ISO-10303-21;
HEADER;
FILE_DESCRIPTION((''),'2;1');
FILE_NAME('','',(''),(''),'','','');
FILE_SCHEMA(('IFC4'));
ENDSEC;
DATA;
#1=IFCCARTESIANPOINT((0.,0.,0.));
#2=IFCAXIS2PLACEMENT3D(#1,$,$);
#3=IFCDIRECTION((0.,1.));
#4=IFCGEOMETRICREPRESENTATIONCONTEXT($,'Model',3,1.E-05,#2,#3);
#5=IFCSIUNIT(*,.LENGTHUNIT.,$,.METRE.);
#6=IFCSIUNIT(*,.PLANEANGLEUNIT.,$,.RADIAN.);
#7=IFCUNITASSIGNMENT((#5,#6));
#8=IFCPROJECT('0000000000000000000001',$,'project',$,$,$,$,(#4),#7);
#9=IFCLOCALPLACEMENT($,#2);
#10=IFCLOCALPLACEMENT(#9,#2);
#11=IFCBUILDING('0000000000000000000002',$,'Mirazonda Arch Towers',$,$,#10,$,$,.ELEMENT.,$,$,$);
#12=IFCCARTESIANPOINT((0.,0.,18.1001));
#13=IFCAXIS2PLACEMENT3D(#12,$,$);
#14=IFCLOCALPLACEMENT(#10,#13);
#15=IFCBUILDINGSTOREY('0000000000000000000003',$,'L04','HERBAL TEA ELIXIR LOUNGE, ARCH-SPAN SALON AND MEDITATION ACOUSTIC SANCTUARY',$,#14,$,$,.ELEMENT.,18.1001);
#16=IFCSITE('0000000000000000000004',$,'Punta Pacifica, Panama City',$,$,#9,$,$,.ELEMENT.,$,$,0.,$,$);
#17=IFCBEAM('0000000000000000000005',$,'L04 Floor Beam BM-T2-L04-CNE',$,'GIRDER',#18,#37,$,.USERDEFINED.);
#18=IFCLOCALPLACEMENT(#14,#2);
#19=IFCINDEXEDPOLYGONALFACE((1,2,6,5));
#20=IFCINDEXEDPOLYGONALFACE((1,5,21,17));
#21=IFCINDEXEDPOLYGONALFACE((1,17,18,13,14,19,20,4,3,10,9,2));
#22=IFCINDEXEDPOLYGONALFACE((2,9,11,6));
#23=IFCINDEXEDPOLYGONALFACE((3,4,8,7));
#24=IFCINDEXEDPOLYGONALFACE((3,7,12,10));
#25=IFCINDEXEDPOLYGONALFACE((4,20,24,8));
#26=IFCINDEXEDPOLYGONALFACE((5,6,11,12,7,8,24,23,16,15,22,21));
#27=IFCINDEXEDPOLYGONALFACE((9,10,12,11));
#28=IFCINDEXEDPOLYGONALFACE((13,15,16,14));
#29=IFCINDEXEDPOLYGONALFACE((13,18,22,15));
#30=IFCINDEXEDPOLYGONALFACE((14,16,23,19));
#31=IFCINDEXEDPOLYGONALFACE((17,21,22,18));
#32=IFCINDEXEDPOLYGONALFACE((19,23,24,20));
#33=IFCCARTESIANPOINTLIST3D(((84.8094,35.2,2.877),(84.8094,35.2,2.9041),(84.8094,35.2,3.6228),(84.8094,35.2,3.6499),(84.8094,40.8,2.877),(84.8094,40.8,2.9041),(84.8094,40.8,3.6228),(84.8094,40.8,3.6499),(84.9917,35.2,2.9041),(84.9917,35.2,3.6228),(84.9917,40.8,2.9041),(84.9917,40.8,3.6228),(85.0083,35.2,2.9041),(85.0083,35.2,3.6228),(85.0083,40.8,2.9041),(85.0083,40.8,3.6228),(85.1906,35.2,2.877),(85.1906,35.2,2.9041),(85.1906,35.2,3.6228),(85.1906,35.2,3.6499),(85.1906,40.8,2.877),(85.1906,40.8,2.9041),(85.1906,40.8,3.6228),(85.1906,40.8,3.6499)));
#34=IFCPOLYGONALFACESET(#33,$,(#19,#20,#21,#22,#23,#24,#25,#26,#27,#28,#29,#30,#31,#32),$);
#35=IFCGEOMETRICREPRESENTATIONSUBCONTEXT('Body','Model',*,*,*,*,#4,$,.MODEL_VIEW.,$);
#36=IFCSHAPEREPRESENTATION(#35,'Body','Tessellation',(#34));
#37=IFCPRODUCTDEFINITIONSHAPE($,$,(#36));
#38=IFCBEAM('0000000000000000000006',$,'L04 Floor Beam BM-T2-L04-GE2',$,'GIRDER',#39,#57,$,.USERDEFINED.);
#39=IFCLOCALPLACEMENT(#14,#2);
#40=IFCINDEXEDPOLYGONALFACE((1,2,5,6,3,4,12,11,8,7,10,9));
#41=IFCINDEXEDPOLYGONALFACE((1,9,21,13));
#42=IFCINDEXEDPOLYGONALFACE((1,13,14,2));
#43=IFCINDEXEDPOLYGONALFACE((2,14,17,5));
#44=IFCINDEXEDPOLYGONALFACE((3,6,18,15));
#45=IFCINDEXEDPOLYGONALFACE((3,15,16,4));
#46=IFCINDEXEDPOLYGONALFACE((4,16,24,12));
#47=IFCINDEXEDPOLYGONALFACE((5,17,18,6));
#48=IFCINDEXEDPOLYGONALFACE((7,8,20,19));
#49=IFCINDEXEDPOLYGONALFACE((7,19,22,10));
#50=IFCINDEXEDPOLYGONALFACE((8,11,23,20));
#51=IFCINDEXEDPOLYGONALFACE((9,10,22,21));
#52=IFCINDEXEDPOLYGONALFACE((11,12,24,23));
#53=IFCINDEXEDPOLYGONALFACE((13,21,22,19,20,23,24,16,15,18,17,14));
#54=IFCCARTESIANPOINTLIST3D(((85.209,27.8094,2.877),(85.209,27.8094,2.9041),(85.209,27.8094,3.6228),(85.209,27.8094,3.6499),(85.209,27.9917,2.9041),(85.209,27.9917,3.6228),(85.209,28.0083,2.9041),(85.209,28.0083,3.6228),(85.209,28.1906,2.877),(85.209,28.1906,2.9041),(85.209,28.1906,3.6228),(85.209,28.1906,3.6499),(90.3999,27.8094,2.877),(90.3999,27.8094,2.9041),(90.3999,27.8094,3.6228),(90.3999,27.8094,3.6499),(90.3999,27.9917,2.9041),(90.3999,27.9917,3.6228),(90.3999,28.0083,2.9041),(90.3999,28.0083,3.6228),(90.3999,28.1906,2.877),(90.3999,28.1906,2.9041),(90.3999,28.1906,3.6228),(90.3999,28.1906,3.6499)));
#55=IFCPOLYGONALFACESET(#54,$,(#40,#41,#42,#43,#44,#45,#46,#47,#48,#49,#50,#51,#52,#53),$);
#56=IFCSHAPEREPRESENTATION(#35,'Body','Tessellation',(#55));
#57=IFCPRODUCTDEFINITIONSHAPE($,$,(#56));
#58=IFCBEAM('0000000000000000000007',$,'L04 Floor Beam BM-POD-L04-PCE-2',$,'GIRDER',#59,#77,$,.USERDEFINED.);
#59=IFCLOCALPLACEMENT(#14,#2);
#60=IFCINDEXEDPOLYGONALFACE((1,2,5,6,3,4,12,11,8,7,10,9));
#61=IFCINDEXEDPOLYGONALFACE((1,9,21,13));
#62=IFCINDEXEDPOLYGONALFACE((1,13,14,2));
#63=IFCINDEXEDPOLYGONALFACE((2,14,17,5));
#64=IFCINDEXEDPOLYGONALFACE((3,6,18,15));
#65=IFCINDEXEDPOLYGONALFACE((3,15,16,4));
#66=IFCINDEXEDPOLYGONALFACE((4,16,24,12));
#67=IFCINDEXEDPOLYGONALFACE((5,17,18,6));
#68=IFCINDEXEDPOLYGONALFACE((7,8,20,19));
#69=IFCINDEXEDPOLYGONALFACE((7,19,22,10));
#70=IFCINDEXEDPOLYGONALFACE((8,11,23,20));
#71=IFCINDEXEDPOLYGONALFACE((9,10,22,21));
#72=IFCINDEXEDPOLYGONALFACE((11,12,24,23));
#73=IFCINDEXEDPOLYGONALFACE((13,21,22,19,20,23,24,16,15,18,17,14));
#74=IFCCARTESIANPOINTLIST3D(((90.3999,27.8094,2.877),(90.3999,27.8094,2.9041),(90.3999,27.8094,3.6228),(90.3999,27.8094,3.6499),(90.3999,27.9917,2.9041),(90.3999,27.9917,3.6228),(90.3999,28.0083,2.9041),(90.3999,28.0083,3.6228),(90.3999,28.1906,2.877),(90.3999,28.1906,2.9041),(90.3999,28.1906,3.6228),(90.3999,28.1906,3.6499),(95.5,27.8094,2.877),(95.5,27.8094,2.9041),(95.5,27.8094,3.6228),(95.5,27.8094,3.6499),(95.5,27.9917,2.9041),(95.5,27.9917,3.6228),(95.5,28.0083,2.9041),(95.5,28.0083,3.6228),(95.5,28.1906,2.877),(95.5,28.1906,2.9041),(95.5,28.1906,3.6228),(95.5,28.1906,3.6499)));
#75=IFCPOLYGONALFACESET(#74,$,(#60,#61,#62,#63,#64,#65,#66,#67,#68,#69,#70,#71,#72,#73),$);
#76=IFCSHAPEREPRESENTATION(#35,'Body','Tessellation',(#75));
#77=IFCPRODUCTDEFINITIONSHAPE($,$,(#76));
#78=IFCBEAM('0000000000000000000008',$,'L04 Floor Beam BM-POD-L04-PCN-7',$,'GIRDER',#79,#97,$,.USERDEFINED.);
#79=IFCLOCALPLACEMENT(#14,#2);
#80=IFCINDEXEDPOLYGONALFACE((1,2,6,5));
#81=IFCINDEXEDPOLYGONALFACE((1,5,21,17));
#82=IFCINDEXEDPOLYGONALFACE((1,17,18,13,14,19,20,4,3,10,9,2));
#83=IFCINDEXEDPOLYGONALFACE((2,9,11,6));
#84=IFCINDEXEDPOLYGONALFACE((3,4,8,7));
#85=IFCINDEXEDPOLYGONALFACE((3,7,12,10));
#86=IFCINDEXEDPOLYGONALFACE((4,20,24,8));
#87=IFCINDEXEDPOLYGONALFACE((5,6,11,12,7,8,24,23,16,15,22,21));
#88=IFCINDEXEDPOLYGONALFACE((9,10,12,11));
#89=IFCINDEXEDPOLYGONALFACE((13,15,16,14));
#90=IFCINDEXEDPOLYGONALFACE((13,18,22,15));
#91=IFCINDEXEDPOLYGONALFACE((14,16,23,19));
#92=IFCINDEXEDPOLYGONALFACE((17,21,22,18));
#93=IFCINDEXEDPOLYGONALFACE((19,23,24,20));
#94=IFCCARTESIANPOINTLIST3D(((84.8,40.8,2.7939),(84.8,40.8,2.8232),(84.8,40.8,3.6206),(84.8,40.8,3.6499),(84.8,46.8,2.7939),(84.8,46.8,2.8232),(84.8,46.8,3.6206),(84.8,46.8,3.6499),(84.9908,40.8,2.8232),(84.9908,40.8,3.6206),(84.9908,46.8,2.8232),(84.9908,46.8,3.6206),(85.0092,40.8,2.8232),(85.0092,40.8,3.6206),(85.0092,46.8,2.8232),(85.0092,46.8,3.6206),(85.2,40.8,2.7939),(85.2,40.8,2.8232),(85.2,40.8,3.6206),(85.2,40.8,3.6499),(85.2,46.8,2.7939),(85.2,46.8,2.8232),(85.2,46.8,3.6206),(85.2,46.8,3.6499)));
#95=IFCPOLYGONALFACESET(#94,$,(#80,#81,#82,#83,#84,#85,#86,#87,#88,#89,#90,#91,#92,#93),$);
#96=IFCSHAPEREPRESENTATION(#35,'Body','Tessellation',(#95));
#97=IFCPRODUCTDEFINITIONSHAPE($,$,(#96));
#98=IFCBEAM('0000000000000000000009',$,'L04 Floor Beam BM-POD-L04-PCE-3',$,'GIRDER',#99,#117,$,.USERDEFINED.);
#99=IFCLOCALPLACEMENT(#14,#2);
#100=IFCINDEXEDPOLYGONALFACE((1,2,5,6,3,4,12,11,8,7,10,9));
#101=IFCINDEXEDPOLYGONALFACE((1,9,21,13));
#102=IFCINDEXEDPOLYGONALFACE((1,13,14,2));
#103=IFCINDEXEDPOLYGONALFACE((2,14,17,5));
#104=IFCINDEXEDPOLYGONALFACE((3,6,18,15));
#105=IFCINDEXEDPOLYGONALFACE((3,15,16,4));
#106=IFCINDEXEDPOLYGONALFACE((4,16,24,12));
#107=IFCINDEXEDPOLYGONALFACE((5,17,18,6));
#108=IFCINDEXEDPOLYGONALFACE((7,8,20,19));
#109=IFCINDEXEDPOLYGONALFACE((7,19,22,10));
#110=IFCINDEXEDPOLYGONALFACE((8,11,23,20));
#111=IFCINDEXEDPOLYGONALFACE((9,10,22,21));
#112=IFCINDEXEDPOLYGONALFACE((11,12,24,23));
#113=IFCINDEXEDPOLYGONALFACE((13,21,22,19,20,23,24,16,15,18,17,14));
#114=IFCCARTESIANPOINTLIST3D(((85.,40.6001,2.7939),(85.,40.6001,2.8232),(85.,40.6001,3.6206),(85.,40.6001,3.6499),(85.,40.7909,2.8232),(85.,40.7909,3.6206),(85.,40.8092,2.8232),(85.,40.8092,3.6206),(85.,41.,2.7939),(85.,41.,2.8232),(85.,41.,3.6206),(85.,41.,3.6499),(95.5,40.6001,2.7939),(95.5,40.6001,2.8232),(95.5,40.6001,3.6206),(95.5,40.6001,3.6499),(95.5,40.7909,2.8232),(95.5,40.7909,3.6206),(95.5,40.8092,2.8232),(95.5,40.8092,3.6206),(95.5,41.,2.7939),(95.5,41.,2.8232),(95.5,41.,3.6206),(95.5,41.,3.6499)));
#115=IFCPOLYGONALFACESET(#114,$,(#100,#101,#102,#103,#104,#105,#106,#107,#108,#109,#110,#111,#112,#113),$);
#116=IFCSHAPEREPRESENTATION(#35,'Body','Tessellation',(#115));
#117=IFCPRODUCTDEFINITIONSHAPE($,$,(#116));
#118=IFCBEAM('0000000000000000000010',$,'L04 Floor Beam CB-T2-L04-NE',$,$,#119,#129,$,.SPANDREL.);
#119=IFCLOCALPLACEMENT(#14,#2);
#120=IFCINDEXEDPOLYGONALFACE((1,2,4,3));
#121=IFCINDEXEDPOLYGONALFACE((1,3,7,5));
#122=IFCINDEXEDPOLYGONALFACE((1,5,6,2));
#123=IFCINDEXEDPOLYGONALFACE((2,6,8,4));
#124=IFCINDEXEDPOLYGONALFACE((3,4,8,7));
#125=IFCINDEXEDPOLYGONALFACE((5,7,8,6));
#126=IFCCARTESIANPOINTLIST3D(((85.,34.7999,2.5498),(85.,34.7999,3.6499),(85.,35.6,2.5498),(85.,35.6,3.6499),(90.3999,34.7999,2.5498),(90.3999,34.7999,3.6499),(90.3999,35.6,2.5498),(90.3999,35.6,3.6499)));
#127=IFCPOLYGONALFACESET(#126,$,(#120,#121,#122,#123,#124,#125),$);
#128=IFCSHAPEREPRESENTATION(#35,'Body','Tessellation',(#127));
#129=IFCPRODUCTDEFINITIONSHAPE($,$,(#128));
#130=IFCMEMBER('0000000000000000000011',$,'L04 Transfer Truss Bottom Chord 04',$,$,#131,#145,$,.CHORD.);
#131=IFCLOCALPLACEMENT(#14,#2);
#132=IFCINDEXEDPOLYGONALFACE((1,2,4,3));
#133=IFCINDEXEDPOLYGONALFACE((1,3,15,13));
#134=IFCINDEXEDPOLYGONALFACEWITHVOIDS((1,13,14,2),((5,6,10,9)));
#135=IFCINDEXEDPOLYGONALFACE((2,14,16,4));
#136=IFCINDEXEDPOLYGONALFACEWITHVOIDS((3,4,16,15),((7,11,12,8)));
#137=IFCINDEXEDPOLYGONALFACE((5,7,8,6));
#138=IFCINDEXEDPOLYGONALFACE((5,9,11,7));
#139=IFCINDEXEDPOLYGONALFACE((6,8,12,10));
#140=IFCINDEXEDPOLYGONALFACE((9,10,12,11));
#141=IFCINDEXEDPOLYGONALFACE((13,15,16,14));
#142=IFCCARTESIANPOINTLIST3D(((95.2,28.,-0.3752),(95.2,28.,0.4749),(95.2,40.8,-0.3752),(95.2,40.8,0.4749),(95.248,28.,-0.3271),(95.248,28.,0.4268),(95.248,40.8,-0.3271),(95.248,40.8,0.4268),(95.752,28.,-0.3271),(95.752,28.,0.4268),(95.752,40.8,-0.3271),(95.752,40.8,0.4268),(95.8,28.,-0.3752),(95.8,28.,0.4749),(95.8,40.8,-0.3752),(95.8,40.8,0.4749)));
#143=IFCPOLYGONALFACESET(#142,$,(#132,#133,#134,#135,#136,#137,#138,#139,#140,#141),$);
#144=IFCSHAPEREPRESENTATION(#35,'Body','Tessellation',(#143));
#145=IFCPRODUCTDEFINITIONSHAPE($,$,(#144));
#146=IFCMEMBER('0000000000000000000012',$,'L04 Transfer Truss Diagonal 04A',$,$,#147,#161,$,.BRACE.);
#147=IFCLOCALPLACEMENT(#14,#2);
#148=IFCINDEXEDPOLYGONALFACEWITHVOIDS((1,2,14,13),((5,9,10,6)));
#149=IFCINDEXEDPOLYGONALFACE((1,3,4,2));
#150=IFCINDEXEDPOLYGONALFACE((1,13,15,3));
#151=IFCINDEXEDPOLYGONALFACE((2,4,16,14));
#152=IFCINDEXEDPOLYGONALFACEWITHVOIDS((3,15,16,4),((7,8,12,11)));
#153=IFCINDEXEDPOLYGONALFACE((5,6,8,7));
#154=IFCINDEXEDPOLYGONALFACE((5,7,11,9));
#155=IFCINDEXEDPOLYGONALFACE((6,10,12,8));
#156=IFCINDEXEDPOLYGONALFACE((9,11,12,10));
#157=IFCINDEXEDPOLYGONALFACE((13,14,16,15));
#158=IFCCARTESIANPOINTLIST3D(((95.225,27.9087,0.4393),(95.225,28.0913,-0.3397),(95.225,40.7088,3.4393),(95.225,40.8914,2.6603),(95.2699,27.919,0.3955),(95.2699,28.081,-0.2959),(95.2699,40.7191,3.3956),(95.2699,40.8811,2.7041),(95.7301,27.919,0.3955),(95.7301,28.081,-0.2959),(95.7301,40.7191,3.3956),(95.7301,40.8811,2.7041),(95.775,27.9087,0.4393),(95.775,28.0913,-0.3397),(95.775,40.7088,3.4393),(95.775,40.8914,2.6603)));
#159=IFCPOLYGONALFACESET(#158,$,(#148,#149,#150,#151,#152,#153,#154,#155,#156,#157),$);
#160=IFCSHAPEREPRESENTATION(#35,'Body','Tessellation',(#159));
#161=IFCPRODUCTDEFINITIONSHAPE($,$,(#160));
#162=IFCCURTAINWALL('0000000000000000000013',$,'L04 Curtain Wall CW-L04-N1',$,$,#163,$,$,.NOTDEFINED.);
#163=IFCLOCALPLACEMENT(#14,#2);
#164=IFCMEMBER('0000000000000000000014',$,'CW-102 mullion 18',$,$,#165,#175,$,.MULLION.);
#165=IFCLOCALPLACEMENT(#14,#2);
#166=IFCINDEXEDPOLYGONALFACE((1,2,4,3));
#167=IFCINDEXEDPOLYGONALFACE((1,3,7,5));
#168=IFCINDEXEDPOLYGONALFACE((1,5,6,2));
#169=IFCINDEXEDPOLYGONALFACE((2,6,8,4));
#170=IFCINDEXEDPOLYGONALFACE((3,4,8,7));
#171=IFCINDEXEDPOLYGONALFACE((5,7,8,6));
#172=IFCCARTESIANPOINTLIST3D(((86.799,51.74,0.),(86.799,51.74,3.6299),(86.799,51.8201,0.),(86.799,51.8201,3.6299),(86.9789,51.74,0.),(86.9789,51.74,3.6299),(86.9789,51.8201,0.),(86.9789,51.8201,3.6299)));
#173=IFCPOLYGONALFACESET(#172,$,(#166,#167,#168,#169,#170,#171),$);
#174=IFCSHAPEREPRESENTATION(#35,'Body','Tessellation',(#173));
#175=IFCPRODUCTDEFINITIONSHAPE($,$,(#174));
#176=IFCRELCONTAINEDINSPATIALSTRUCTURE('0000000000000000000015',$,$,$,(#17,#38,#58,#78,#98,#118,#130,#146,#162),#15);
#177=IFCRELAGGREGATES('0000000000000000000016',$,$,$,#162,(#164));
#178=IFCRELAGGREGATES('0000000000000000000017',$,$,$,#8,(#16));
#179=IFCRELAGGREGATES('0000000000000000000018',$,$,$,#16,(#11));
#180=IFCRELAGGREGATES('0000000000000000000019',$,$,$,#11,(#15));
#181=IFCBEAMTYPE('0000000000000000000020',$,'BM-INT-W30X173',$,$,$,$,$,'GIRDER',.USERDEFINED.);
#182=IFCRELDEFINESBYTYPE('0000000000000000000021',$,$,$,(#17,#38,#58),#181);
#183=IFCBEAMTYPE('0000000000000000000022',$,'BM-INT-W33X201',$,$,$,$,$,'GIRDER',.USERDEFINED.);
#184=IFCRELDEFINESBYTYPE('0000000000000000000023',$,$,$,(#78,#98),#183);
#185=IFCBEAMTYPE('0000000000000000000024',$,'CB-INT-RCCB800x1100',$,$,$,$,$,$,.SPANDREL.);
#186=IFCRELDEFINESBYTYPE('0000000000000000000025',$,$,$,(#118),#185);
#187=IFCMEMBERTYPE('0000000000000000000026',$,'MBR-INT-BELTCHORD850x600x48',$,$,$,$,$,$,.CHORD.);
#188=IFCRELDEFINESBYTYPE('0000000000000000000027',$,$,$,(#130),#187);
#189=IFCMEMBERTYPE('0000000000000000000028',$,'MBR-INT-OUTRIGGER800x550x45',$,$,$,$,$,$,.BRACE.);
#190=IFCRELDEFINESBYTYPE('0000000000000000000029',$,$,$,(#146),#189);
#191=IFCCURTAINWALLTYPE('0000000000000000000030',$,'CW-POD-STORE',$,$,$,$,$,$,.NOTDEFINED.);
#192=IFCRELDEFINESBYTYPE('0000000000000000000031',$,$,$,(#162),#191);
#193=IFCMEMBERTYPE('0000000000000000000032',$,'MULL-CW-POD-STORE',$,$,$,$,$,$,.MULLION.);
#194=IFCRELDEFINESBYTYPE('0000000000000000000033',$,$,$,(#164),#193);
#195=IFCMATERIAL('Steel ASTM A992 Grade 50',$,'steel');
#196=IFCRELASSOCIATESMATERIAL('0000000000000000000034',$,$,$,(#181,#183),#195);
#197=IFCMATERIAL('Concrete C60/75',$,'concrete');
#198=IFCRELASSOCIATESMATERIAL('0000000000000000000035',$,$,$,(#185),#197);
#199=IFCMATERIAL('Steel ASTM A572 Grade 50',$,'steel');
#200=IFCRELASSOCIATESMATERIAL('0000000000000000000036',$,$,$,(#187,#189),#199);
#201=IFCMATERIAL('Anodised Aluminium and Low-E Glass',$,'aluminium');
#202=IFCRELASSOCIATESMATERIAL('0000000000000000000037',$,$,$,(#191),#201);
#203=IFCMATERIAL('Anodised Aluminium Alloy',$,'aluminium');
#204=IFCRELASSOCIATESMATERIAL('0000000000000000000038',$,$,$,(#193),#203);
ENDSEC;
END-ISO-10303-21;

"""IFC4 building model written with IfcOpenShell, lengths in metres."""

from ifc_helpers import new_model, si_unit, direction, frame, origin, origin_2d, place, context, subcontext, project, spatial, rectangle, hollow_rectangle, i_section, extrude, material, material_profile, profile_set, type_object, element, aggregate, save


model = new_model("IFC4")

# Units and contexts
model_context = context("Model", 3, precision=1e-05, world=origin(), true_north=direction((0.0, 1.0)))
body_context = subcontext(model_context, "Body", "Model", "MODEL_VIEW")
ifc_project = project(units=[si_unit("LENGTHUNIT", "METRE"), si_unit("PLANEANGLEUNIT", "RADIAN")], contexts=[model_context])

# Site, building, storey
site_placement = place(None, origin())
site = spatial("IfcSite", under=ifc_project, at=site_placement, Name="Punta Pacifica, Panama City", CompositionType="ELEMENT", RefElevation=0.0)
building_placement = place(site_placement, origin())
building = spatial("IfcBuilding", under=site, at=building_placement, Name="Mirazonda Arch Towers", CompositionType="ELEMENT")
storey_placement = place(building_placement, frame((0.0, 0.0, 18.1001)))
storey = spatial("IfcBuildingStorey", under=building, at=storey_placement, Name="L04", Description="HERBAL TEA ELIXIR LOUNGE, ARCH-SPAN SALON AND MEDITATION ACOUSTIC SANCTUARY", CompositionType="ELEMENT", Elevation=18.1001)

# Shared definitions
ifc_material_1 = material(Name="Concrete C60/75", Category="concrete")
ifc_material_2 = material(Name="Steel ASTM A572 Grade 50", Category="steel")

# Beams
ifc_material_3 = material(Name="Steel ASTM A992 Grade 50", Category="steel")
ifc_material_profile_1 = material_profile(ifc_material_3, i_section(OverallWidth=0.3811, OverallDepth=0.7729, WebThickness=0.0166, FlangeThickness=0.0271, at=origin_2d()), Name="W30X173")
ifc_profile_set_1 = profile_set([ifc_material_profile_1], Name="Steel ASTM A992 Grade 50")
beam_type_1 = type_object("IfcBeamType", Name="BM-INT-W30X173", ElementType="GIRDER", PredefinedType="USERDEFINED", material=ifc_profile_set_1)
beam_1_placement = place(storey_placement, frame((85.0, 35.2, 3.2634), z_axis=(0.0, 1.0, 0.0), x_axis=(-1.0, 0.0, 0.0)))
element("IfcBeam", 1, at=beam_1_placement, inside=storey, type_object=beam_type_1, Name="L04 Floor Beam BM-T2-L04-CNE", ObjectType="GIRDER", PredefinedType="USERDEFINED", context=body_context, shape_type="SweptSolid", body=[
    extrude(i_section(OverallWidth=0.3811, OverallDepth=0.7729, WebThickness=0.0166, FlangeThickness=0.0271, at=origin_2d()), origin(), (0.0, 0.0, 1.0), 5.6001),
])
beam_2_placement = place(storey_placement, frame((85.209, 28.0, 3.2634), z_axis=(1.0, 0.0, 0.0), x_axis=(0.0, 1.0, 0.0)))
element("IfcBeam", 2, at=beam_2_placement, inside=storey, type_object=beam_type_1, Name="L04 Floor Beam BM-T2-L04-GE2", ObjectType="GIRDER", PredefinedType="USERDEFINED", context=body_context, shape_type="SweptSolid", body=[
    extrude(i_section(OverallWidth=0.3811, OverallDepth=0.7729, WebThickness=0.0166, FlangeThickness=0.0271, at=origin_2d()), origin(), (0.0, 0.0, 1.0), 5.1909),
])
beam_3_placement = place(storey_placement, frame((90.3999, 28.0, 3.2634), z_axis=(1.0, 0.0, 0.0), x_axis=(0.0, 1.0, 0.0)))
element("IfcBeam", 3, at=beam_3_placement, inside=storey, type_object=beam_type_1, Name="L04 Floor Beam BM-POD-L04-PCE-2", ObjectType="GIRDER", PredefinedType="USERDEFINED", context=body_context, shape_type="SweptSolid", body=[
    extrude(i_section(OverallWidth=0.3811, OverallDepth=0.7729, WebThickness=0.0166, FlangeThickness=0.0271, at=origin_2d()), origin(), (0.0, 0.0, 1.0), 5.1001),
])
ifc_material_profile_2 = material_profile(ifc_material_3, i_section(OverallWidth=0.3999, OverallDepth=0.856, WebThickness=0.0183, FlangeThickness=0.0293, at=origin_2d()), Name="W33X201")
ifc_profile_set_2 = profile_set([ifc_material_profile_2], Name="Steel ASTM A992 Grade 50")
beam_type_2 = type_object("IfcBeamType", Name="BM-INT-W33X201", ElementType="GIRDER", PredefinedType="USERDEFINED", material=ifc_profile_set_2)
beam_4_placement = place(storey_placement, frame((85.0, 40.8, 3.2219), z_axis=(0.0, 1.0, 0.0), x_axis=(-1.0, 0.0, 0.0)))
element("IfcBeam", 4, at=beam_4_placement, inside=storey, type_object=beam_type_2, Name="L04 Floor Beam BM-POD-L04-PCN-7", ObjectType="GIRDER", PredefinedType="USERDEFINED", context=body_context, shape_type="SweptSolid", body=[
    extrude(i_section(OverallWidth=0.3999, OverallDepth=0.856, WebThickness=0.0183, FlangeThickness=0.0293, at=origin_2d()), origin(), (0.0, 0.0, 1.0), 6.0),
])
beam_5_placement = place(storey_placement, frame((85.0, 40.8, 3.2219), z_axis=(1.0, 0.0, 0.0), x_axis=(0.0, 1.0, 0.0)))
element("IfcBeam", 5, at=beam_5_placement, inside=storey, type_object=beam_type_2, Name="L04 Floor Beam BM-POD-L04-PCE-3", ObjectType="GIRDER", PredefinedType="USERDEFINED", context=body_context, shape_type="SweptSolid", body=[
    extrude(i_section(OverallWidth=0.3999, OverallDepth=0.856, WebThickness=0.0183, FlangeThickness=0.0293, at=origin_2d()), origin(), (0.0, 0.0, 1.0), 10.5),
])
ifc_material_profile_3 = material_profile(ifc_material_1, rectangle(XDim=0.8, YDim=1.1001, at=origin_2d()), Name="RCCB800x1100")
ifc_profile_set_3 = profile_set([ifc_material_profile_3], Name="Concrete C60/75")
beam_type_3 = type_object("IfcBeamType", Name="CB-INT-RCCB800x1100", PredefinedType="SPANDREL", material=ifc_profile_set_3)
beam_6_placement = place(storey_placement, frame((85.0, 35.2, 3.0999), z_axis=(1.0, 0.0, 0.0), x_axis=(0.0, 1.0, 0.0)))
element("IfcBeam", 6, at=beam_6_placement, inside=storey, type_object=beam_type_3, Name="L04 Floor Beam CB-T2-L04-NE", PredefinedType="SPANDREL", context=body_context, shape_type="SweptSolid", body=[
    extrude(rectangle(XDim=0.8, YDim=1.1001, at=origin_2d()), origin(), (0.0, 0.0, 1.0), 5.3999),
])

# Members
ifc_material_profile_4 = material_profile(ifc_material_2, hollow_rectangle(XDim=0.6001, YDim=0.8501, WallThickness=0.0481, at=origin_2d()), Name="BELTCHORD850x600x48")
ifc_profile_set_4 = profile_set([ifc_material_profile_4], Name="Steel ASTM A572 Grade 50")
member_type_1 = type_object("IfcMemberType", Name="MBR-INT-BELTCHORD850x600x48", PredefinedType="CHORD", material=ifc_profile_set_4)
member_1_placement = place(storey_placement, frame((95.5, 28.0, 0.0498), z_axis=(0.0, 1.0, 0.0), x_axis=(-1.0, 0.0, 0.0)))
element("IfcMember", 7, at=member_1_placement, inside=storey, type_object=member_type_1, Name="L04 Transfer Truss Bottom Chord 04", PredefinedType="CHORD", context=body_context, shape_type="SweptSolid", body=[
    extrude(hollow_rectangle(XDim=0.6001, YDim=0.8501, WallThickness=0.0481, at=origin_2d()), origin(), (0.0, 0.0, 1.0), 12.8),
])
ifc_material_profile_5 = material_profile(ifc_material_2, hollow_rectangle(XDim=0.55, YDim=0.8, WallThickness=0.0449, at=origin_2d()), Name="OUTRIGGER800x550x45")
ifc_profile_set_5 = profile_set([ifc_material_profile_5], Name="Steel ASTM A572 Grade 50")
member_type_2 = type_object("IfcMemberType", Name="MBR-INT-OUTRIGGER800x550x45", PredefinedType="BRACE", material=ifc_profile_set_5)
member_2_placement = place(storey_placement, frame((95.5, 28.0, 0.0498), z_axis=(0.0, 0.973617, 0.22819), x_axis=(-1.0, 0.0, 0.0)))
element("IfcMember", 8, at=member_2_placement, inside=storey, type_object=member_type_2, Name="L04 Transfer Truss Diagonal 04A", PredefinedType="BRACE", context=body_context, shape_type="SweptSolid", body=[
    extrude(hollow_rectangle(XDim=0.55, YDim=0.8, WallThickness=0.0449, at=origin_2d()), origin(), (0.0, 0.0, 1.0), 13.147),
])

# Curtain wall, member
ifc_material_4 = material(Name="Anodised Aluminium and Low-E Glass", Category="aluminium")
curtain_wall_type = type_object("IfcCurtainWallType", Name="CW-POD-STORE", PredefinedType="NOTDEFINED", material=ifc_material_4)
curtain_wall_placement = place(storey_placement, origin())
curtain_wall = element("IfcCurtainWall", 9, at=curtain_wall_placement, inside=storey, type_object=curtain_wall_type, Name="L04 Curtain Wall CW-L04-N1", PredefinedType="NOTDEFINED")
ifc_material_5 = material(Name="Anodised Aluminium Alloy", Category="aluminium")
ifc_material_profile_6 = material_profile(ifc_material_5, rectangle(XDim=0.0801, YDim=0.1799, at=origin_2d()), Name="ALU-MULL-80x180")
ifc_profile_set_6 = profile_set([ifc_material_profile_6], Name="Anodised Aluminium Alloy")
member_type_3 = type_object("IfcMemberType", Name="MULL-CW-POD-STORE", PredefinedType="MULLION", material=ifc_profile_set_6)
member_3_placement = place(storey_placement, frame((86.8889, 51.78, 0.0), z_axis=(0.0, 0.0, 1.0), x_axis=(0.0, 1.0, 0.0)))
member_3 = element("IfcMember", 10, at=member_3_placement, type_object=member_type_3, Name="CW-102 mullion 18", PredefinedType="MULLION", context=body_context, shape_type="SweptSolid", body=[
    extrude(rectangle(XDim=0.0801, YDim=0.1799, at=origin_2d()), origin(), (0.0, 0.0, 1.0), 3.6299),
])
aggregate(curtain_wall, [member_3])

save(model, "model.ifc")
